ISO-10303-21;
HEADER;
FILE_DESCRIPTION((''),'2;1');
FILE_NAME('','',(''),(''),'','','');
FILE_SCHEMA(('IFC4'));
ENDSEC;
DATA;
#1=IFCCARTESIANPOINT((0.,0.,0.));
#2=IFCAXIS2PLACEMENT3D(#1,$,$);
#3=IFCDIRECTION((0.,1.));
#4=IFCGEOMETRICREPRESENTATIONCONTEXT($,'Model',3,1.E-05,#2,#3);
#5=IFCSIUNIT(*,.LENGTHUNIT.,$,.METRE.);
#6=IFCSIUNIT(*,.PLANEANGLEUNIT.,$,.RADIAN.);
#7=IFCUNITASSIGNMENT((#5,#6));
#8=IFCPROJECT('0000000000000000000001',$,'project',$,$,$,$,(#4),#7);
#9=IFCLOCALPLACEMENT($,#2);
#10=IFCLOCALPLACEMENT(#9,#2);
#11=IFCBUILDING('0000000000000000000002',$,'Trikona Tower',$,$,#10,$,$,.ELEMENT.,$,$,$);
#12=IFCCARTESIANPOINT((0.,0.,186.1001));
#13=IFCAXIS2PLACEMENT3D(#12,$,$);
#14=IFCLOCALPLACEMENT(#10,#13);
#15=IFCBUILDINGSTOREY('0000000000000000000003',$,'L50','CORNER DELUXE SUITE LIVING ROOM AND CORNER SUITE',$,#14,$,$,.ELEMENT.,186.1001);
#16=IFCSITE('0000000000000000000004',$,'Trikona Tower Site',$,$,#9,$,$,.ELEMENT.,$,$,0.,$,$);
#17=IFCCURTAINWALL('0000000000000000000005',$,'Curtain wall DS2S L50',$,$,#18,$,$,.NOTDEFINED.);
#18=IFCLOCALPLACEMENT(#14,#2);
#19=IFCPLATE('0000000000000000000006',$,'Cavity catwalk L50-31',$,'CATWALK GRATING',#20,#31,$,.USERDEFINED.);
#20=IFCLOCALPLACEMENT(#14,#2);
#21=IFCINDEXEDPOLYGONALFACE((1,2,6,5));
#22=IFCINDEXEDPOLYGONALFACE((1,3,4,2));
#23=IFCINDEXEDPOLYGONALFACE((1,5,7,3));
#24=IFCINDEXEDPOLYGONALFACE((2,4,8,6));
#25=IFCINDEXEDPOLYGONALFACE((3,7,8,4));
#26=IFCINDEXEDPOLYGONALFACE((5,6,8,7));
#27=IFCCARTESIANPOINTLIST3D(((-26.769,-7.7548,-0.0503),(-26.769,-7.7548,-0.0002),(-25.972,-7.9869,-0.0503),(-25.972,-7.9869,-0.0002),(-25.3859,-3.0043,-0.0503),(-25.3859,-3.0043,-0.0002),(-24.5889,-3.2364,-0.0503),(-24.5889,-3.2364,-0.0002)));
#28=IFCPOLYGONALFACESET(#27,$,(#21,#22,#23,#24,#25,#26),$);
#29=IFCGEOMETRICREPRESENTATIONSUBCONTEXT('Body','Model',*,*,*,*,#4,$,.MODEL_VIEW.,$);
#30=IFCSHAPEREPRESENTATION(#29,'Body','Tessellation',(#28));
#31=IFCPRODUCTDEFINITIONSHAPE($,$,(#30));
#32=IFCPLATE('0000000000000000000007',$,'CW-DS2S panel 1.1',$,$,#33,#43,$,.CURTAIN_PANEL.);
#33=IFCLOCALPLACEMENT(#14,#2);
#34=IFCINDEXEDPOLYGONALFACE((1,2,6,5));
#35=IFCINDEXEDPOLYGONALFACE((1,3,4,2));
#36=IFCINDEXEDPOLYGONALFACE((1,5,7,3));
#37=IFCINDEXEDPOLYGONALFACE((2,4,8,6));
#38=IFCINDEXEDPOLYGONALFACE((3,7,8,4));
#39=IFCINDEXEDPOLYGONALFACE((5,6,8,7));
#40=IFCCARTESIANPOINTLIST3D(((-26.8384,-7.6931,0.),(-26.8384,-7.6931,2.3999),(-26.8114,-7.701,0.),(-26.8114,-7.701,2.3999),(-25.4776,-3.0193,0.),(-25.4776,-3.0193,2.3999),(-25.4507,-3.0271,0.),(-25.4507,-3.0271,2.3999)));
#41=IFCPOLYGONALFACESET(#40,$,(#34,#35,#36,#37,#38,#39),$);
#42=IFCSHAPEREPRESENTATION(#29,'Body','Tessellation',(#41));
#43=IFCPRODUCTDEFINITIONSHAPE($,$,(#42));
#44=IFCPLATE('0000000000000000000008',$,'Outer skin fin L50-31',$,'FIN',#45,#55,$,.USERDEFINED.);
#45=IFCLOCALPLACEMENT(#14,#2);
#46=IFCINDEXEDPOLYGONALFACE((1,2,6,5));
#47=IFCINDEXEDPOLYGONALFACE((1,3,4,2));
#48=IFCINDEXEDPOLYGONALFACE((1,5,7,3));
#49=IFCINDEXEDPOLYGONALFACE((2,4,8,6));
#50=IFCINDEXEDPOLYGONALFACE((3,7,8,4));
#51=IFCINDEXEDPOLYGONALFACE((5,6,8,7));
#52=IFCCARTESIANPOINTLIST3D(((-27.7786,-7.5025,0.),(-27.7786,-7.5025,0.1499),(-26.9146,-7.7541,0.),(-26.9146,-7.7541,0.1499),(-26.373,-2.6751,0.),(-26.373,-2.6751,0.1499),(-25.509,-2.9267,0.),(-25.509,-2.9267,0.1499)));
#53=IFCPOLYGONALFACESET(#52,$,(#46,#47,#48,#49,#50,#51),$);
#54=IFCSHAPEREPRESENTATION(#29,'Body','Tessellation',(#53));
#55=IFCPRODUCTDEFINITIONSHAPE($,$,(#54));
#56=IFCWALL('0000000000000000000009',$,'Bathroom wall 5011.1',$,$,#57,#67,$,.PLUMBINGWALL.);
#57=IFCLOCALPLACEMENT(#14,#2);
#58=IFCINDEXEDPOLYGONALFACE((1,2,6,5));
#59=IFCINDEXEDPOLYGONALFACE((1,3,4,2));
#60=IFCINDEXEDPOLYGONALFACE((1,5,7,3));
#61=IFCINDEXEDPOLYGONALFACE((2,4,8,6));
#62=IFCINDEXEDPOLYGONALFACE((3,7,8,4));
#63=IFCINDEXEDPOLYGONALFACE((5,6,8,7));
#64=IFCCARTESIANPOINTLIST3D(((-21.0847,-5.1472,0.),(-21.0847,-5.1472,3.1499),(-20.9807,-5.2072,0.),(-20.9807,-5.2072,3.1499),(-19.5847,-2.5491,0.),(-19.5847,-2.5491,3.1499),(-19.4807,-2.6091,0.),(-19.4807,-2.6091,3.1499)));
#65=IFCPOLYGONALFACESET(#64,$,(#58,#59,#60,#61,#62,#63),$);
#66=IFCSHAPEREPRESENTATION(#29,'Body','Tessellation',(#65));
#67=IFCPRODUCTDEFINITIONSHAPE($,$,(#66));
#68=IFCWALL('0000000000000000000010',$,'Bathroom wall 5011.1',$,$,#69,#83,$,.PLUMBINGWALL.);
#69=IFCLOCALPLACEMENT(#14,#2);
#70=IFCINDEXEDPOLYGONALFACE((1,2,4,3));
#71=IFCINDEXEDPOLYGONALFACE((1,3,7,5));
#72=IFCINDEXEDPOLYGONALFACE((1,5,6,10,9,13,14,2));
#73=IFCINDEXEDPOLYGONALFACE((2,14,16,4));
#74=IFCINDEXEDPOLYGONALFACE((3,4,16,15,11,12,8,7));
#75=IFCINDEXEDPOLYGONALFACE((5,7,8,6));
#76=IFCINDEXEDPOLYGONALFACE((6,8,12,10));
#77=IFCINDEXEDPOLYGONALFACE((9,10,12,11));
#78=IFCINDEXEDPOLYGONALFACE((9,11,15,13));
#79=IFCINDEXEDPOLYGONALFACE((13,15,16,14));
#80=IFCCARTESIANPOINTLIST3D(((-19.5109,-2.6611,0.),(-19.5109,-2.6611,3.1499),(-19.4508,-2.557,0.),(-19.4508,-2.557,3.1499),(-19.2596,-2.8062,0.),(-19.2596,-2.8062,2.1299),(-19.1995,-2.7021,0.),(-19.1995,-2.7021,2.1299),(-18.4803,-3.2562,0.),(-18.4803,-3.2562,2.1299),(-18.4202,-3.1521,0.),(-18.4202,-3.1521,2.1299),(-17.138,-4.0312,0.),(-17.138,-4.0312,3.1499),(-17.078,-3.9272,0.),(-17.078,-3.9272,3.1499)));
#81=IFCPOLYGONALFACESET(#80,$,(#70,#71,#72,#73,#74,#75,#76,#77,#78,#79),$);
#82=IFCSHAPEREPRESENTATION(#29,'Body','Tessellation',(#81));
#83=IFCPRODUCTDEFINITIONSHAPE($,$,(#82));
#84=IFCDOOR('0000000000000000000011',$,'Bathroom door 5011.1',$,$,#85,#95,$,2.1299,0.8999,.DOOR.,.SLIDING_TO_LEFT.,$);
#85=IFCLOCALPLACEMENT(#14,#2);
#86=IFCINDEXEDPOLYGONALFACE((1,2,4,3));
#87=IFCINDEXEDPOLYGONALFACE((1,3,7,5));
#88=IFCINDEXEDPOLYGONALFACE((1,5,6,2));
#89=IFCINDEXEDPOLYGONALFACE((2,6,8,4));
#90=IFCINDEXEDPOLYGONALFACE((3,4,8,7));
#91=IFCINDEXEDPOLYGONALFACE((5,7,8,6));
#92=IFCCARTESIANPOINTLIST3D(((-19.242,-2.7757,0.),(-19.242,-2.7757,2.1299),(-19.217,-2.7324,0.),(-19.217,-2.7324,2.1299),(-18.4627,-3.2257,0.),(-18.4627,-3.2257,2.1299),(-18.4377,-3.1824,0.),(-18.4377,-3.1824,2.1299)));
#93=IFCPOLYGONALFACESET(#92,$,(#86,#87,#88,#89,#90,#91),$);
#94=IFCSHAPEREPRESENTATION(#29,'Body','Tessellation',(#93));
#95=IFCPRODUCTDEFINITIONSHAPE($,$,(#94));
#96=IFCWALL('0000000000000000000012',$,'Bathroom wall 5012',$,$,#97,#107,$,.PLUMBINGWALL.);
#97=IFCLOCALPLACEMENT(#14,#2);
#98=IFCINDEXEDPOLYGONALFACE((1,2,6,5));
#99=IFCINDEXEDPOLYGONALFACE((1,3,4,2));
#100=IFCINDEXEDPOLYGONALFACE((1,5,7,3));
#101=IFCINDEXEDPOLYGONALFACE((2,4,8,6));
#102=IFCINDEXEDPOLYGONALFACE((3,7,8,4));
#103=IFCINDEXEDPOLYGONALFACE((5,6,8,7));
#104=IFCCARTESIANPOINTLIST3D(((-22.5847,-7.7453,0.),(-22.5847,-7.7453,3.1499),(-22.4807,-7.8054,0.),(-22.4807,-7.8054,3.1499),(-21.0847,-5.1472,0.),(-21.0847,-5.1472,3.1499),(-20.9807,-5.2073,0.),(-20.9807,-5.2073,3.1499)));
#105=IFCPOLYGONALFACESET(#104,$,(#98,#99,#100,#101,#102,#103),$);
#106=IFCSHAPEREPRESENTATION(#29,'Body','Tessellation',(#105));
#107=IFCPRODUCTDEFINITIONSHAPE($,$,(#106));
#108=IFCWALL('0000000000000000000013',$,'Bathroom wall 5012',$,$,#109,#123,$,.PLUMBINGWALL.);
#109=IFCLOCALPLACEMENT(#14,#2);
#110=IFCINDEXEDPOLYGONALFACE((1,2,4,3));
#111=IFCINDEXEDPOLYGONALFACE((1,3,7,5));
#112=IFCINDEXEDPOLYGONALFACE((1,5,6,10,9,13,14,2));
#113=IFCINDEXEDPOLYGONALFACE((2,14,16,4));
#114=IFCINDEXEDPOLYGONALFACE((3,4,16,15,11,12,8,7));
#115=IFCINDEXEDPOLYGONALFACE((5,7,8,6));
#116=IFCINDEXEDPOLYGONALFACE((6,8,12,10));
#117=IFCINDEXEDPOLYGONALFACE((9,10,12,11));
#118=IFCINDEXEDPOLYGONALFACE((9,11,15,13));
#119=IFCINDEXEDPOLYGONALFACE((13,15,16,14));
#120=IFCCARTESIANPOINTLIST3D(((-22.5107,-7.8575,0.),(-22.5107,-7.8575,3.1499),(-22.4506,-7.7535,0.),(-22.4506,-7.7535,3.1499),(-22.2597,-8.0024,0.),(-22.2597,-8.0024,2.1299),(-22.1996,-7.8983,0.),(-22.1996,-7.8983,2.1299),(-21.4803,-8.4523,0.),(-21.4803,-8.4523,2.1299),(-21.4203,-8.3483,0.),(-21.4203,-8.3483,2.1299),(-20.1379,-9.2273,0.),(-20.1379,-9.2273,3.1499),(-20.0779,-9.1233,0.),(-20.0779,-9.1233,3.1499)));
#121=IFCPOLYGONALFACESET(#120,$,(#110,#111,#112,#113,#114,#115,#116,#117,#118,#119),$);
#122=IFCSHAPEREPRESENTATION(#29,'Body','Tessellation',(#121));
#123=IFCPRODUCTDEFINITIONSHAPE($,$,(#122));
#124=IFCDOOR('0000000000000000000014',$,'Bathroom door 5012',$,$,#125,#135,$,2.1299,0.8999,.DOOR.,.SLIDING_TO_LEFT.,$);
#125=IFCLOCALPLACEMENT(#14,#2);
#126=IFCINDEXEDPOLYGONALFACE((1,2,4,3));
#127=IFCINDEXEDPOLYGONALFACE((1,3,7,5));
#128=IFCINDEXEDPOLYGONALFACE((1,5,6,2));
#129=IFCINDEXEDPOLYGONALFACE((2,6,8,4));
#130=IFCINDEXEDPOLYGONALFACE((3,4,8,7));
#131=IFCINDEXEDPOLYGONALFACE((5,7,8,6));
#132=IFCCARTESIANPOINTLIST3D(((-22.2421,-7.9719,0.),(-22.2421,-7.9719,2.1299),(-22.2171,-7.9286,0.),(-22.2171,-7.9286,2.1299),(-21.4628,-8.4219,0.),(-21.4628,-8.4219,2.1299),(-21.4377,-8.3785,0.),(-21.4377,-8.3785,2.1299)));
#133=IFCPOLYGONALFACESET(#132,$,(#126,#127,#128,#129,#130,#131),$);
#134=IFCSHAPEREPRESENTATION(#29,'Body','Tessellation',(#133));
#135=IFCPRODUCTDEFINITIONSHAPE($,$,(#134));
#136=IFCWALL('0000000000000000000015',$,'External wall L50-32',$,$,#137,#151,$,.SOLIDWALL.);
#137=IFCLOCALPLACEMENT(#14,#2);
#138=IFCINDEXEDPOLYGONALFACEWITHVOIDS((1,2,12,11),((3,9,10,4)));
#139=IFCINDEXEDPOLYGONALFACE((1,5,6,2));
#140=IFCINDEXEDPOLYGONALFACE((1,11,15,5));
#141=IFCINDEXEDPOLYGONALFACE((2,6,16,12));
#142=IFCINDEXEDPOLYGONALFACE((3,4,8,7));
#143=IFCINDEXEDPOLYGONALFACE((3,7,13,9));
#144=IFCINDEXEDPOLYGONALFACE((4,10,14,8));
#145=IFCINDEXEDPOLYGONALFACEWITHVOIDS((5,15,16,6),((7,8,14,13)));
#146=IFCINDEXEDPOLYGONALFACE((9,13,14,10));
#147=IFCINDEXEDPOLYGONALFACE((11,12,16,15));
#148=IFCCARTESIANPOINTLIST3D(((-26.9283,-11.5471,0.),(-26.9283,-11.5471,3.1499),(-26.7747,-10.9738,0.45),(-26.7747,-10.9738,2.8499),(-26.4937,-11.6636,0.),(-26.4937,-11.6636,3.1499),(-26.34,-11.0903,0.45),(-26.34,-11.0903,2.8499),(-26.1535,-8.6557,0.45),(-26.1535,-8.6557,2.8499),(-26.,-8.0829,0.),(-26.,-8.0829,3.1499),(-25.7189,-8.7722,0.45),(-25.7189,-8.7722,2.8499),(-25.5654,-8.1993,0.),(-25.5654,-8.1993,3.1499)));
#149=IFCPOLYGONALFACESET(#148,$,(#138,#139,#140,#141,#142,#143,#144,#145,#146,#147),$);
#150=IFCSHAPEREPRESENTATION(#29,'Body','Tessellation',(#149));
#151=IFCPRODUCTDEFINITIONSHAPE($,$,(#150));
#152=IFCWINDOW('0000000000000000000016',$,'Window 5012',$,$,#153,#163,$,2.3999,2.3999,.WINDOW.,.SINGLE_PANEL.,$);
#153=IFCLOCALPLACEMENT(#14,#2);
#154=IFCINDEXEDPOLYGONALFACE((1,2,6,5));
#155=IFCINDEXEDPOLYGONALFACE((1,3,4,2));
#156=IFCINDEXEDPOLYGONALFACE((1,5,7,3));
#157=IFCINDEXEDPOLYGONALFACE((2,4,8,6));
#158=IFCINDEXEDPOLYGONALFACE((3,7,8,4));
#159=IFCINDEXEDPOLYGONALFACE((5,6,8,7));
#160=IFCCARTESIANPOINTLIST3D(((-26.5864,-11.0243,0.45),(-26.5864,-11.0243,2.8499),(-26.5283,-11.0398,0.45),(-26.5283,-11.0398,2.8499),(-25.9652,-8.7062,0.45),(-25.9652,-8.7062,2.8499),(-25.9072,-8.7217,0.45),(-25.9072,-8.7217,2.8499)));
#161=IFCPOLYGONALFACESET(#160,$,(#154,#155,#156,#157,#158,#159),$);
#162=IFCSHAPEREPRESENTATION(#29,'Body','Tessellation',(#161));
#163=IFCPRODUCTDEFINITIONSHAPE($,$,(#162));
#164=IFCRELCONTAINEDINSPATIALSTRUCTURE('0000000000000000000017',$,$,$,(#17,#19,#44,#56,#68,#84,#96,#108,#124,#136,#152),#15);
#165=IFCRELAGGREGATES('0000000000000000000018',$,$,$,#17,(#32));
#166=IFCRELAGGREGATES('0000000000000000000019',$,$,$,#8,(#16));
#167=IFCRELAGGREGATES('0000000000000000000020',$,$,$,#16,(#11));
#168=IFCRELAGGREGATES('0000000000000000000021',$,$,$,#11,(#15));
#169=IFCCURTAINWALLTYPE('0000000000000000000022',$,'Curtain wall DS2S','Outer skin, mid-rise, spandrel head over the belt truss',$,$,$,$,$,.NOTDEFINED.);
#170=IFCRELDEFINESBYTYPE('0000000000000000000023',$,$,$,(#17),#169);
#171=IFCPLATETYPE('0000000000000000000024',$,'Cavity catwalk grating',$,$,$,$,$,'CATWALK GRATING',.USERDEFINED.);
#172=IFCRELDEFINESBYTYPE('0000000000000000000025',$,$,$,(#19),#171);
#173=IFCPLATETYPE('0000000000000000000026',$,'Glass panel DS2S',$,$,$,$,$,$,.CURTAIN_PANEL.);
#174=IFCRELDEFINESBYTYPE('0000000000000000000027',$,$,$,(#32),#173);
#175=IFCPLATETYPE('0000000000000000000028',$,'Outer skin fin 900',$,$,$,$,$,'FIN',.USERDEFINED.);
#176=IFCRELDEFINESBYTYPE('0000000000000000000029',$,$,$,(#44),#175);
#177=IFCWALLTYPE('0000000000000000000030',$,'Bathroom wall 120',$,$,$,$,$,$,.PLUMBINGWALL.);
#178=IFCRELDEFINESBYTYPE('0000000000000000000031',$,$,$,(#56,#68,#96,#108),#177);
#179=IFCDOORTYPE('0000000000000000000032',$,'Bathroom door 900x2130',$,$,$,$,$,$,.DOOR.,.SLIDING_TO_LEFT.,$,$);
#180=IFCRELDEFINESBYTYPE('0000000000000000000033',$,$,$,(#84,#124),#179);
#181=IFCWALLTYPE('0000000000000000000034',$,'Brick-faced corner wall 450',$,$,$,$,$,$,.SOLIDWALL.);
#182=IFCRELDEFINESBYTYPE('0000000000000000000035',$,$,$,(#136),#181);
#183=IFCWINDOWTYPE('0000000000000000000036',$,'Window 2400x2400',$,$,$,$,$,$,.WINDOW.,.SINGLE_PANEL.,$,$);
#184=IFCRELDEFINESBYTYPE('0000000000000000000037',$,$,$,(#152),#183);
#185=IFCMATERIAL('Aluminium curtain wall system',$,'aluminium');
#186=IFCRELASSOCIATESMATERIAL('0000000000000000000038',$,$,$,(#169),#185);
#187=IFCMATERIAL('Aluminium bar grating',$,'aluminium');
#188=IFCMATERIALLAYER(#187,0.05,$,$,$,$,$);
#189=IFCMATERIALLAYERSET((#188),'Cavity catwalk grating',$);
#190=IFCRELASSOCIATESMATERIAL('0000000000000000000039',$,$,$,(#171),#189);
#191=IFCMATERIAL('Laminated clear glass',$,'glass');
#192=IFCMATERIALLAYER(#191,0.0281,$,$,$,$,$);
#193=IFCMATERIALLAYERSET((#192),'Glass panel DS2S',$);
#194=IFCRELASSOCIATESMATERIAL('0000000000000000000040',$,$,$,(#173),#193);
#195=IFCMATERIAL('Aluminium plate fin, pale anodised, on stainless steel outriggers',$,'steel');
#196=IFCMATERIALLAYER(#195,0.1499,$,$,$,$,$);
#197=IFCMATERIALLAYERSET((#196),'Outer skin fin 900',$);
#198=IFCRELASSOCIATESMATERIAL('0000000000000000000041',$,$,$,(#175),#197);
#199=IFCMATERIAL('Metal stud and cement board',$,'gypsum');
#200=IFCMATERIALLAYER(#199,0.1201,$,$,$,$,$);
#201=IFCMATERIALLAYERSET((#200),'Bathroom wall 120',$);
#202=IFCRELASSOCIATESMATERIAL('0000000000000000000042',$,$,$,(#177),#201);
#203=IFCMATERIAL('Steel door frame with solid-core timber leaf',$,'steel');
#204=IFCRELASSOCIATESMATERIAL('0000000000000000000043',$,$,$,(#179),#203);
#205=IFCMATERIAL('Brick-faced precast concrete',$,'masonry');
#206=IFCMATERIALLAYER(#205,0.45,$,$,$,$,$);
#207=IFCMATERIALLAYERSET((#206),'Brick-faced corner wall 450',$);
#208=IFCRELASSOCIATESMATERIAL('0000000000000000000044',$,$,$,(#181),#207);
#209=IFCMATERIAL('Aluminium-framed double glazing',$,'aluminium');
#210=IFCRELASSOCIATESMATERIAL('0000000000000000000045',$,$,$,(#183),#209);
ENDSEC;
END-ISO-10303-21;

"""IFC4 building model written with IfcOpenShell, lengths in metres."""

from ifc_helpers import new_model, si_unit, direction, frame, frame_2d, origin, origin_2d, place, context, subcontext, project, spatial, rectangle, extrude, material, layer, layer_set, type_object, element, fill, aggregate, save


model = new_model("IFC4")

# Units and contexts
model_context = context("Model", 3, precision=1e-05, world=origin(), true_north=direction((0.0, 1.0)))
body_context = subcontext(model_context, "Body", "Model", "MODEL_VIEW")
ifc_project = project(units=[si_unit("LENGTHUNIT", "METRE"), si_unit("PLANEANGLEUNIT", "RADIAN")], contexts=[model_context])

# Site, building, storey
site_placement = place(None, origin())
site = spatial("IfcSite", under=ifc_project, at=site_placement, Name="Trikona Tower Site", CompositionType="ELEMENT", RefElevation=0.0)
building_placement = place(site_placement, origin())
building = spatial("IfcBuilding", under=site, at=building_placement, Name="Trikona Tower", CompositionType="ELEMENT")
storey_placement = place(building_placement, frame((0.0, 0.0, 186.1001)))
storey = spatial("IfcBuildingStorey", under=building, at=storey_placement, Name="L50", Description="CORNER DELUXE SUITE LIVING ROOM AND CORNER SUITE", CompositionType="ELEMENT", Elevation=186.1001)

# Shared definitions
ifc_material_1 = material(Name="Aluminium curtain wall system", Category="aluminium")
curtain_wall_type = type_object("IfcCurtainWallType", Name="Curtain wall DS2S", Description="Outer skin, mid-rise, spandrel head over the belt truss", PredefinedType="NOTDEFINED", material=ifc_material_1)

# Curtain wall
curtain_wall_1_placement = place(storey_placement, origin())
curtain_wall_1 = element("IfcCurtainWall", 1, at=curtain_wall_1_placement, inside=storey, type_object=curtain_wall_type, Name="Curtain wall DS2S L50", PredefinedType="NOTDEFINED")

# Plate
ifc_material_2 = material(Name="Aluminium bar grating", Category="aluminium")
ifc_layer_1 = layer(ifc_material_2, 0.05)
ifc_layer_set_1 = layer_set([ifc_layer_1], Name="Cavity catwalk grating")
plate_type_1 = type_object("IfcPlateType", Name="Cavity catwalk grating", ElementType="CATWALK GRATING", PredefinedType="USERDEFINED", material=ifc_layer_set_1)
plate_1_placement = place(storey_placement, frame((-25.679, -5.4956, -0.0503), z_axis=(0.0, 0.0, 1.0), x_axis=(-0.279554, -0.96013, 0.0)))
element("IfcPlate", 2, at=plate_1_placement, inside=storey, type_object=plate_type_1, Name="Cavity catwalk L50-31", ObjectType="CATWALK GRATING", PredefinedType="USERDEFINED", context=body_context, shape_type="SweptSolid", body=[
    extrude(rectangle(XDim=4.9478, YDim=0.8301, at=origin_2d()), origin(), (0.0, 0.0, 1.0), 0.05),
])

# Plates
ifc_material_3 = material(Name="Laminated clear glass", Category="glass")
ifc_layer_2 = layer(ifc_material_3, 0.0281)
ifc_layer_set_2 = layer_set([ifc_layer_2], Name="Glass panel DS2S")
plate_type_2 = type_object("IfcPlateType", Name="Glass panel DS2S", PredefinedType="CURTAIN_PANEL", material=ifc_layer_set_2)
plate_2_placement = place(storey_placement, frame((-26.1445, -5.3601, 0.0), z_axis=(0.0, 0.0, 1.0), x_axis=(-0.279543, -0.960133, 0.0)))
plate_2 = element("IfcPlate", 3, at=plate_2_placement, type_object=plate_type_2, Name="CW-DS2S panel 1.1", PredefinedType="CURTAIN_PANEL", context=body_context, shape_type="SweptSolid", body=[
    extrude(rectangle(XDim=4.8679, YDim=0.0281, at=origin_2d()), origin(), (0.0, 0.0, 1.0), 2.3999),
])
aggregate(curtain_wall_1, [plate_2])
ifc_material_4 = material(Name="Aluminium plate fin, pale anodised, on stainless steel outriggers", Category="steel")
ifc_layer_3 = layer(ifc_material_4, 0.1499)
ifc_layer_set_3 = layer_set([ifc_layer_3], Name="Outer skin fin 900")
plate_type_3 = type_object("IfcPlateType", Name="Outer skin fin 900", ElementType="FIN", PredefinedType="USERDEFINED", material=ifc_layer_set_3)
plate_3_placement = place(storey_placement, frame((-26.6438, -5.2146, 0.0), z_axis=(0.0, 0.0, 1.0), x_axis=(-0.279554, -0.96013, 0.0)))
element("IfcPlate", 4, at=plate_3_placement, inside=storey, type_object=plate_type_3, Name="Outer skin fin L50-31", ObjectType="FIN", PredefinedType="USERDEFINED", context=body_context, shape_type="SweptSolid", body=[
    extrude(rectangle(XDim=5.0278, YDim=0.8999, at=origin_2d()), origin(), (0.0, 0.0, 1.0), 0.1499),
])

# Wall
ifc_material_5 = material(Name="Metal stud and cement board", Category="gypsum")
ifc_layer_4 = layer(ifc_material_5, 0.1201)
ifc_layer_set_4 = layer_set([ifc_layer_4], Name="Bathroom wall 120")
wall_type_1 = type_object("IfcWallType", Name="Bathroom wall 120", PredefinedType="PLUMBINGWALL", material=ifc_layer_set_4)
wall_1_placement = place(storey_placement, frame((-19.5327, -2.5791, 0.0), z_axis=(0.0, 0.0, 1.0), x_axis=(-0.49999, -0.866031, 0.0)))
element("IfcWall", 5, at=wall_1_placement, inside=storey, type_object=wall_type_1, Name="Bathroom wall 5011.1", PredefinedType="PLUMBINGWALL", context=body_context, shape_type="SweptSolid", body=[
    extrude(rectangle(XDim=3.0, YDim=0.1201, at=frame_2d((1.5, 0.0))), origin(), (0.0, 0.0, 1.0), 3.1499),
])

# Wall, opening, door
wall_2_placement = place(storey_placement, frame((-17.1079, -3.9792, 0.0), z_axis=(0.0, 0.0, 1.0), x_axis=(-0.865997, 0.500049, 0.0)))
wall_2 = element("IfcWall", 6, at=wall_2_placement, inside=storey, type_object=wall_type_1, Name="Bathroom wall 5011.1", PredefinedType="PLUMBINGWALL", context=body_context, shape_type="SweptSolid", body=[
    extrude(rectangle(XDim=2.74, YDim=0.1201, at=frame_2d((1.3701, 0.0))), origin(), (0.0, 0.0, 1.0), 3.1499),
])
opening_1_placement = place(wall_2_placement, frame((1.55, 0.0, 0.0)))
opening_1 = element("IfcOpeningElement", 7, at=opening_1_placement, cuts=wall_2, PredefinedType="OPENING", context=body_context, shape_type="SweptSolid", body=[
    extrude(rectangle(XDim=0.8999, YDim=2.1299, at=frame_2d((0.45, 1.0649))), frame((0.0, 0.0701, 0.0), z_axis=(0.0, -1.0, 0.0), x_axis=(1.0, 0.0, 0.0)), (0.0, 0.0, 1.0), 0.1401),
])
ifc_material_6 = material(Name="Steel door frame with solid-core timber leaf", Category="steel")
door_type_1 = type_object("IfcDoorType", Name="Bathroom door 900x2130", OperationType="SLIDING_TO_LEFT", PredefinedType="DOOR", material=ifc_material_6)
door_1_placement = place(opening_1_placement, origin())
door_1 = element("IfcDoor", 8, at=door_1_placement, inside=storey, type_object=door_type_1, Name="Bathroom door 5011.1", OperationType="SLIDING_TO_LEFT", OverallHeight=2.1299, OverallWidth=0.8999, PredefinedType="DOOR", context=body_context, shape_type="SweptSolid", body=[
    extrude(rectangle(XDim=0.8999, YDim=2.1299, at=frame_2d((0.45, 1.0649))), frame((0.0, 0.0249, 0.0), z_axis=(0.0, -1.0, 0.0), x_axis=(1.0, 0.0, 0.0)), (0.0, 0.0, 1.0), 0.05),
])
fill(opening_1, door_1)

# Wall
wall_3_placement = place(storey_placement, frame((-21.0327, -5.1772, 0.0), z_axis=(0.0, 0.0, 1.0), x_axis=(-0.49999, -0.866031, 0.0)))
element("IfcWall", 9, at=wall_3_placement, inside=storey, type_object=wall_type_1, Name="Bathroom wall 5012", PredefinedType="PLUMBINGWALL", context=body_context, shape_type="SweptSolid", body=[
    extrude(rectangle(XDim=3.0, YDim=0.1201, at=frame_2d((1.5, 0.0))), origin(), (0.0, 0.0, 1.0), 3.1499),
])

# Wall, opening, door
wall_4_placement = place(storey_placement, frame((-20.1079, -9.1753, 0.0), z_axis=(0.0, 0.0, 1.0), x_axis=(-0.866036, 0.499982, 0.0)))
wall_4 = element("IfcWall", 10, at=wall_4_placement, inside=storey, type_object=wall_type_1, Name="Bathroom wall 5012", PredefinedType="PLUMBINGWALL", context=body_context, shape_type="SweptSolid", body=[
    extrude(rectangle(XDim=2.7397, YDim=0.1201, at=frame_2d((1.3699, 0.0))), origin(), (0.0, 0.0, 1.0), 3.1499),
])
opening_2_placement = place(wall_4_placement, frame((1.55, 0.0, 0.0)))
opening_2 = element("IfcOpeningElement", 11, at=opening_2_placement, cuts=wall_4, PredefinedType="OPENING", context=body_context, shape_type="SweptSolid", body=[
    extrude(rectangle(XDim=0.8999, YDim=2.1299, at=frame_2d((0.45, 1.0649))), frame((0.0, 0.0701, 0.0), z_axis=(0.0, -1.0, 0.0), x_axis=(1.0, 0.0, 0.0)), (0.0, 0.0, 1.0), 0.1401),
])
door_2_placement = place(opening_2_placement, origin())
door_2 = element("IfcDoor", 12, at=door_2_placement, inside=storey, type_object=door_type_1, Name="Bathroom door 5012", OperationType="SLIDING_TO_LEFT", OverallHeight=2.1299, OverallWidth=0.8999, PredefinedType="DOOR", context=body_context, shape_type="SweptSolid", body=[
    extrude(rectangle(XDim=0.8999, YDim=2.1299, at=frame_2d((0.45, 1.0649))), frame((0.0, 0.0249, 0.0), z_axis=(0.0, -1.0, 0.0), x_axis=(1.0, 0.0, 0.0)), (0.0, 0.0, 1.0), 0.05),
])
fill(opening_2, door_2)

# Wall, opening, window
ifc_material_7 = material(Name="Brick-faced precast concrete", Category="masonry")
ifc_layer_5 = layer(ifc_material_7, 0.45)
ifc_layer_set_5 = layer_set([ifc_layer_5], Name="Brick-faced corner wall 450")
wall_type_2 = type_object("IfcWallType", Name="Brick-faced corner wall 450", PredefinedType="SOLIDWALL", material=ifc_layer_set_5)
wall_5_placement = place(storey_placement, frame((-25.7827, -8.1411, 0.0), z_axis=(0.0, 0.0, 1.0), x_axis=(-0.258823, -0.965925, 0.0)))
wall_5 = element("IfcWall", 13, at=wall_5_placement, inside=storey, type_object=wall_type_2, Name="External wall L50-32", PredefinedType="SOLIDWALL", context=body_context, shape_type="SweptSolid", body=[
    extrude(rectangle(XDim=3.5864, YDim=0.45, at=frame_2d((1.7932, 0.0))), origin(), (0.0, 0.0, 1.0), 3.1499),
])
opening_3_placement = place(wall_5_placement, frame((0.593, 0.0, 0.45)))
opening_3 = element("IfcOpeningElement", 14, at=opening_3_placement, cuts=wall_5, PredefinedType="OPENING", context=body_context, shape_type="SweptSolid", body=[
    extrude(rectangle(XDim=2.3999, YDim=2.3999, at=frame_2d((1.2, 1.2))), frame((0.0, 0.2349, 0.0), z_axis=(0.0, -1.0, 0.0), x_axis=(1.0, 0.0, 0.0)), (0.0, 0.0, 1.0), 0.47),
])
ifc_material_8 = material(Name="Aluminium-framed double glazing", Category="aluminium")
window_type_1 = type_object("IfcWindowType", Name="Window 2400x2400", PartitioningType="SINGLE_PANEL", PredefinedType="WINDOW", material=ifc_material_8)
window_1_placement = place(opening_3_placement, origin())
window_1 = element("IfcWindow", 15, at=window_1_placement, inside=storey, type_object=window_type_1, Name="Window 5012", OverallHeight=2.3999, OverallWidth=2.3999, PartitioningType="SINGLE_PANEL", PredefinedType="WINDOW", context=body_context, shape_type="SweptSolid", body=[
    extrude(rectangle(XDim=2.3999, YDim=2.3999, at=frame_2d((1.2, 1.2))), frame((0.0, 0.03, 0.0), z_axis=(0.0, -1.0, 0.0), x_axis=(1.0, 0.0, 0.0)), (0.0, 0.0, 1.0), 0.0601),
])
fill(opening_3, window_1)

save(model, "model.ifc")
